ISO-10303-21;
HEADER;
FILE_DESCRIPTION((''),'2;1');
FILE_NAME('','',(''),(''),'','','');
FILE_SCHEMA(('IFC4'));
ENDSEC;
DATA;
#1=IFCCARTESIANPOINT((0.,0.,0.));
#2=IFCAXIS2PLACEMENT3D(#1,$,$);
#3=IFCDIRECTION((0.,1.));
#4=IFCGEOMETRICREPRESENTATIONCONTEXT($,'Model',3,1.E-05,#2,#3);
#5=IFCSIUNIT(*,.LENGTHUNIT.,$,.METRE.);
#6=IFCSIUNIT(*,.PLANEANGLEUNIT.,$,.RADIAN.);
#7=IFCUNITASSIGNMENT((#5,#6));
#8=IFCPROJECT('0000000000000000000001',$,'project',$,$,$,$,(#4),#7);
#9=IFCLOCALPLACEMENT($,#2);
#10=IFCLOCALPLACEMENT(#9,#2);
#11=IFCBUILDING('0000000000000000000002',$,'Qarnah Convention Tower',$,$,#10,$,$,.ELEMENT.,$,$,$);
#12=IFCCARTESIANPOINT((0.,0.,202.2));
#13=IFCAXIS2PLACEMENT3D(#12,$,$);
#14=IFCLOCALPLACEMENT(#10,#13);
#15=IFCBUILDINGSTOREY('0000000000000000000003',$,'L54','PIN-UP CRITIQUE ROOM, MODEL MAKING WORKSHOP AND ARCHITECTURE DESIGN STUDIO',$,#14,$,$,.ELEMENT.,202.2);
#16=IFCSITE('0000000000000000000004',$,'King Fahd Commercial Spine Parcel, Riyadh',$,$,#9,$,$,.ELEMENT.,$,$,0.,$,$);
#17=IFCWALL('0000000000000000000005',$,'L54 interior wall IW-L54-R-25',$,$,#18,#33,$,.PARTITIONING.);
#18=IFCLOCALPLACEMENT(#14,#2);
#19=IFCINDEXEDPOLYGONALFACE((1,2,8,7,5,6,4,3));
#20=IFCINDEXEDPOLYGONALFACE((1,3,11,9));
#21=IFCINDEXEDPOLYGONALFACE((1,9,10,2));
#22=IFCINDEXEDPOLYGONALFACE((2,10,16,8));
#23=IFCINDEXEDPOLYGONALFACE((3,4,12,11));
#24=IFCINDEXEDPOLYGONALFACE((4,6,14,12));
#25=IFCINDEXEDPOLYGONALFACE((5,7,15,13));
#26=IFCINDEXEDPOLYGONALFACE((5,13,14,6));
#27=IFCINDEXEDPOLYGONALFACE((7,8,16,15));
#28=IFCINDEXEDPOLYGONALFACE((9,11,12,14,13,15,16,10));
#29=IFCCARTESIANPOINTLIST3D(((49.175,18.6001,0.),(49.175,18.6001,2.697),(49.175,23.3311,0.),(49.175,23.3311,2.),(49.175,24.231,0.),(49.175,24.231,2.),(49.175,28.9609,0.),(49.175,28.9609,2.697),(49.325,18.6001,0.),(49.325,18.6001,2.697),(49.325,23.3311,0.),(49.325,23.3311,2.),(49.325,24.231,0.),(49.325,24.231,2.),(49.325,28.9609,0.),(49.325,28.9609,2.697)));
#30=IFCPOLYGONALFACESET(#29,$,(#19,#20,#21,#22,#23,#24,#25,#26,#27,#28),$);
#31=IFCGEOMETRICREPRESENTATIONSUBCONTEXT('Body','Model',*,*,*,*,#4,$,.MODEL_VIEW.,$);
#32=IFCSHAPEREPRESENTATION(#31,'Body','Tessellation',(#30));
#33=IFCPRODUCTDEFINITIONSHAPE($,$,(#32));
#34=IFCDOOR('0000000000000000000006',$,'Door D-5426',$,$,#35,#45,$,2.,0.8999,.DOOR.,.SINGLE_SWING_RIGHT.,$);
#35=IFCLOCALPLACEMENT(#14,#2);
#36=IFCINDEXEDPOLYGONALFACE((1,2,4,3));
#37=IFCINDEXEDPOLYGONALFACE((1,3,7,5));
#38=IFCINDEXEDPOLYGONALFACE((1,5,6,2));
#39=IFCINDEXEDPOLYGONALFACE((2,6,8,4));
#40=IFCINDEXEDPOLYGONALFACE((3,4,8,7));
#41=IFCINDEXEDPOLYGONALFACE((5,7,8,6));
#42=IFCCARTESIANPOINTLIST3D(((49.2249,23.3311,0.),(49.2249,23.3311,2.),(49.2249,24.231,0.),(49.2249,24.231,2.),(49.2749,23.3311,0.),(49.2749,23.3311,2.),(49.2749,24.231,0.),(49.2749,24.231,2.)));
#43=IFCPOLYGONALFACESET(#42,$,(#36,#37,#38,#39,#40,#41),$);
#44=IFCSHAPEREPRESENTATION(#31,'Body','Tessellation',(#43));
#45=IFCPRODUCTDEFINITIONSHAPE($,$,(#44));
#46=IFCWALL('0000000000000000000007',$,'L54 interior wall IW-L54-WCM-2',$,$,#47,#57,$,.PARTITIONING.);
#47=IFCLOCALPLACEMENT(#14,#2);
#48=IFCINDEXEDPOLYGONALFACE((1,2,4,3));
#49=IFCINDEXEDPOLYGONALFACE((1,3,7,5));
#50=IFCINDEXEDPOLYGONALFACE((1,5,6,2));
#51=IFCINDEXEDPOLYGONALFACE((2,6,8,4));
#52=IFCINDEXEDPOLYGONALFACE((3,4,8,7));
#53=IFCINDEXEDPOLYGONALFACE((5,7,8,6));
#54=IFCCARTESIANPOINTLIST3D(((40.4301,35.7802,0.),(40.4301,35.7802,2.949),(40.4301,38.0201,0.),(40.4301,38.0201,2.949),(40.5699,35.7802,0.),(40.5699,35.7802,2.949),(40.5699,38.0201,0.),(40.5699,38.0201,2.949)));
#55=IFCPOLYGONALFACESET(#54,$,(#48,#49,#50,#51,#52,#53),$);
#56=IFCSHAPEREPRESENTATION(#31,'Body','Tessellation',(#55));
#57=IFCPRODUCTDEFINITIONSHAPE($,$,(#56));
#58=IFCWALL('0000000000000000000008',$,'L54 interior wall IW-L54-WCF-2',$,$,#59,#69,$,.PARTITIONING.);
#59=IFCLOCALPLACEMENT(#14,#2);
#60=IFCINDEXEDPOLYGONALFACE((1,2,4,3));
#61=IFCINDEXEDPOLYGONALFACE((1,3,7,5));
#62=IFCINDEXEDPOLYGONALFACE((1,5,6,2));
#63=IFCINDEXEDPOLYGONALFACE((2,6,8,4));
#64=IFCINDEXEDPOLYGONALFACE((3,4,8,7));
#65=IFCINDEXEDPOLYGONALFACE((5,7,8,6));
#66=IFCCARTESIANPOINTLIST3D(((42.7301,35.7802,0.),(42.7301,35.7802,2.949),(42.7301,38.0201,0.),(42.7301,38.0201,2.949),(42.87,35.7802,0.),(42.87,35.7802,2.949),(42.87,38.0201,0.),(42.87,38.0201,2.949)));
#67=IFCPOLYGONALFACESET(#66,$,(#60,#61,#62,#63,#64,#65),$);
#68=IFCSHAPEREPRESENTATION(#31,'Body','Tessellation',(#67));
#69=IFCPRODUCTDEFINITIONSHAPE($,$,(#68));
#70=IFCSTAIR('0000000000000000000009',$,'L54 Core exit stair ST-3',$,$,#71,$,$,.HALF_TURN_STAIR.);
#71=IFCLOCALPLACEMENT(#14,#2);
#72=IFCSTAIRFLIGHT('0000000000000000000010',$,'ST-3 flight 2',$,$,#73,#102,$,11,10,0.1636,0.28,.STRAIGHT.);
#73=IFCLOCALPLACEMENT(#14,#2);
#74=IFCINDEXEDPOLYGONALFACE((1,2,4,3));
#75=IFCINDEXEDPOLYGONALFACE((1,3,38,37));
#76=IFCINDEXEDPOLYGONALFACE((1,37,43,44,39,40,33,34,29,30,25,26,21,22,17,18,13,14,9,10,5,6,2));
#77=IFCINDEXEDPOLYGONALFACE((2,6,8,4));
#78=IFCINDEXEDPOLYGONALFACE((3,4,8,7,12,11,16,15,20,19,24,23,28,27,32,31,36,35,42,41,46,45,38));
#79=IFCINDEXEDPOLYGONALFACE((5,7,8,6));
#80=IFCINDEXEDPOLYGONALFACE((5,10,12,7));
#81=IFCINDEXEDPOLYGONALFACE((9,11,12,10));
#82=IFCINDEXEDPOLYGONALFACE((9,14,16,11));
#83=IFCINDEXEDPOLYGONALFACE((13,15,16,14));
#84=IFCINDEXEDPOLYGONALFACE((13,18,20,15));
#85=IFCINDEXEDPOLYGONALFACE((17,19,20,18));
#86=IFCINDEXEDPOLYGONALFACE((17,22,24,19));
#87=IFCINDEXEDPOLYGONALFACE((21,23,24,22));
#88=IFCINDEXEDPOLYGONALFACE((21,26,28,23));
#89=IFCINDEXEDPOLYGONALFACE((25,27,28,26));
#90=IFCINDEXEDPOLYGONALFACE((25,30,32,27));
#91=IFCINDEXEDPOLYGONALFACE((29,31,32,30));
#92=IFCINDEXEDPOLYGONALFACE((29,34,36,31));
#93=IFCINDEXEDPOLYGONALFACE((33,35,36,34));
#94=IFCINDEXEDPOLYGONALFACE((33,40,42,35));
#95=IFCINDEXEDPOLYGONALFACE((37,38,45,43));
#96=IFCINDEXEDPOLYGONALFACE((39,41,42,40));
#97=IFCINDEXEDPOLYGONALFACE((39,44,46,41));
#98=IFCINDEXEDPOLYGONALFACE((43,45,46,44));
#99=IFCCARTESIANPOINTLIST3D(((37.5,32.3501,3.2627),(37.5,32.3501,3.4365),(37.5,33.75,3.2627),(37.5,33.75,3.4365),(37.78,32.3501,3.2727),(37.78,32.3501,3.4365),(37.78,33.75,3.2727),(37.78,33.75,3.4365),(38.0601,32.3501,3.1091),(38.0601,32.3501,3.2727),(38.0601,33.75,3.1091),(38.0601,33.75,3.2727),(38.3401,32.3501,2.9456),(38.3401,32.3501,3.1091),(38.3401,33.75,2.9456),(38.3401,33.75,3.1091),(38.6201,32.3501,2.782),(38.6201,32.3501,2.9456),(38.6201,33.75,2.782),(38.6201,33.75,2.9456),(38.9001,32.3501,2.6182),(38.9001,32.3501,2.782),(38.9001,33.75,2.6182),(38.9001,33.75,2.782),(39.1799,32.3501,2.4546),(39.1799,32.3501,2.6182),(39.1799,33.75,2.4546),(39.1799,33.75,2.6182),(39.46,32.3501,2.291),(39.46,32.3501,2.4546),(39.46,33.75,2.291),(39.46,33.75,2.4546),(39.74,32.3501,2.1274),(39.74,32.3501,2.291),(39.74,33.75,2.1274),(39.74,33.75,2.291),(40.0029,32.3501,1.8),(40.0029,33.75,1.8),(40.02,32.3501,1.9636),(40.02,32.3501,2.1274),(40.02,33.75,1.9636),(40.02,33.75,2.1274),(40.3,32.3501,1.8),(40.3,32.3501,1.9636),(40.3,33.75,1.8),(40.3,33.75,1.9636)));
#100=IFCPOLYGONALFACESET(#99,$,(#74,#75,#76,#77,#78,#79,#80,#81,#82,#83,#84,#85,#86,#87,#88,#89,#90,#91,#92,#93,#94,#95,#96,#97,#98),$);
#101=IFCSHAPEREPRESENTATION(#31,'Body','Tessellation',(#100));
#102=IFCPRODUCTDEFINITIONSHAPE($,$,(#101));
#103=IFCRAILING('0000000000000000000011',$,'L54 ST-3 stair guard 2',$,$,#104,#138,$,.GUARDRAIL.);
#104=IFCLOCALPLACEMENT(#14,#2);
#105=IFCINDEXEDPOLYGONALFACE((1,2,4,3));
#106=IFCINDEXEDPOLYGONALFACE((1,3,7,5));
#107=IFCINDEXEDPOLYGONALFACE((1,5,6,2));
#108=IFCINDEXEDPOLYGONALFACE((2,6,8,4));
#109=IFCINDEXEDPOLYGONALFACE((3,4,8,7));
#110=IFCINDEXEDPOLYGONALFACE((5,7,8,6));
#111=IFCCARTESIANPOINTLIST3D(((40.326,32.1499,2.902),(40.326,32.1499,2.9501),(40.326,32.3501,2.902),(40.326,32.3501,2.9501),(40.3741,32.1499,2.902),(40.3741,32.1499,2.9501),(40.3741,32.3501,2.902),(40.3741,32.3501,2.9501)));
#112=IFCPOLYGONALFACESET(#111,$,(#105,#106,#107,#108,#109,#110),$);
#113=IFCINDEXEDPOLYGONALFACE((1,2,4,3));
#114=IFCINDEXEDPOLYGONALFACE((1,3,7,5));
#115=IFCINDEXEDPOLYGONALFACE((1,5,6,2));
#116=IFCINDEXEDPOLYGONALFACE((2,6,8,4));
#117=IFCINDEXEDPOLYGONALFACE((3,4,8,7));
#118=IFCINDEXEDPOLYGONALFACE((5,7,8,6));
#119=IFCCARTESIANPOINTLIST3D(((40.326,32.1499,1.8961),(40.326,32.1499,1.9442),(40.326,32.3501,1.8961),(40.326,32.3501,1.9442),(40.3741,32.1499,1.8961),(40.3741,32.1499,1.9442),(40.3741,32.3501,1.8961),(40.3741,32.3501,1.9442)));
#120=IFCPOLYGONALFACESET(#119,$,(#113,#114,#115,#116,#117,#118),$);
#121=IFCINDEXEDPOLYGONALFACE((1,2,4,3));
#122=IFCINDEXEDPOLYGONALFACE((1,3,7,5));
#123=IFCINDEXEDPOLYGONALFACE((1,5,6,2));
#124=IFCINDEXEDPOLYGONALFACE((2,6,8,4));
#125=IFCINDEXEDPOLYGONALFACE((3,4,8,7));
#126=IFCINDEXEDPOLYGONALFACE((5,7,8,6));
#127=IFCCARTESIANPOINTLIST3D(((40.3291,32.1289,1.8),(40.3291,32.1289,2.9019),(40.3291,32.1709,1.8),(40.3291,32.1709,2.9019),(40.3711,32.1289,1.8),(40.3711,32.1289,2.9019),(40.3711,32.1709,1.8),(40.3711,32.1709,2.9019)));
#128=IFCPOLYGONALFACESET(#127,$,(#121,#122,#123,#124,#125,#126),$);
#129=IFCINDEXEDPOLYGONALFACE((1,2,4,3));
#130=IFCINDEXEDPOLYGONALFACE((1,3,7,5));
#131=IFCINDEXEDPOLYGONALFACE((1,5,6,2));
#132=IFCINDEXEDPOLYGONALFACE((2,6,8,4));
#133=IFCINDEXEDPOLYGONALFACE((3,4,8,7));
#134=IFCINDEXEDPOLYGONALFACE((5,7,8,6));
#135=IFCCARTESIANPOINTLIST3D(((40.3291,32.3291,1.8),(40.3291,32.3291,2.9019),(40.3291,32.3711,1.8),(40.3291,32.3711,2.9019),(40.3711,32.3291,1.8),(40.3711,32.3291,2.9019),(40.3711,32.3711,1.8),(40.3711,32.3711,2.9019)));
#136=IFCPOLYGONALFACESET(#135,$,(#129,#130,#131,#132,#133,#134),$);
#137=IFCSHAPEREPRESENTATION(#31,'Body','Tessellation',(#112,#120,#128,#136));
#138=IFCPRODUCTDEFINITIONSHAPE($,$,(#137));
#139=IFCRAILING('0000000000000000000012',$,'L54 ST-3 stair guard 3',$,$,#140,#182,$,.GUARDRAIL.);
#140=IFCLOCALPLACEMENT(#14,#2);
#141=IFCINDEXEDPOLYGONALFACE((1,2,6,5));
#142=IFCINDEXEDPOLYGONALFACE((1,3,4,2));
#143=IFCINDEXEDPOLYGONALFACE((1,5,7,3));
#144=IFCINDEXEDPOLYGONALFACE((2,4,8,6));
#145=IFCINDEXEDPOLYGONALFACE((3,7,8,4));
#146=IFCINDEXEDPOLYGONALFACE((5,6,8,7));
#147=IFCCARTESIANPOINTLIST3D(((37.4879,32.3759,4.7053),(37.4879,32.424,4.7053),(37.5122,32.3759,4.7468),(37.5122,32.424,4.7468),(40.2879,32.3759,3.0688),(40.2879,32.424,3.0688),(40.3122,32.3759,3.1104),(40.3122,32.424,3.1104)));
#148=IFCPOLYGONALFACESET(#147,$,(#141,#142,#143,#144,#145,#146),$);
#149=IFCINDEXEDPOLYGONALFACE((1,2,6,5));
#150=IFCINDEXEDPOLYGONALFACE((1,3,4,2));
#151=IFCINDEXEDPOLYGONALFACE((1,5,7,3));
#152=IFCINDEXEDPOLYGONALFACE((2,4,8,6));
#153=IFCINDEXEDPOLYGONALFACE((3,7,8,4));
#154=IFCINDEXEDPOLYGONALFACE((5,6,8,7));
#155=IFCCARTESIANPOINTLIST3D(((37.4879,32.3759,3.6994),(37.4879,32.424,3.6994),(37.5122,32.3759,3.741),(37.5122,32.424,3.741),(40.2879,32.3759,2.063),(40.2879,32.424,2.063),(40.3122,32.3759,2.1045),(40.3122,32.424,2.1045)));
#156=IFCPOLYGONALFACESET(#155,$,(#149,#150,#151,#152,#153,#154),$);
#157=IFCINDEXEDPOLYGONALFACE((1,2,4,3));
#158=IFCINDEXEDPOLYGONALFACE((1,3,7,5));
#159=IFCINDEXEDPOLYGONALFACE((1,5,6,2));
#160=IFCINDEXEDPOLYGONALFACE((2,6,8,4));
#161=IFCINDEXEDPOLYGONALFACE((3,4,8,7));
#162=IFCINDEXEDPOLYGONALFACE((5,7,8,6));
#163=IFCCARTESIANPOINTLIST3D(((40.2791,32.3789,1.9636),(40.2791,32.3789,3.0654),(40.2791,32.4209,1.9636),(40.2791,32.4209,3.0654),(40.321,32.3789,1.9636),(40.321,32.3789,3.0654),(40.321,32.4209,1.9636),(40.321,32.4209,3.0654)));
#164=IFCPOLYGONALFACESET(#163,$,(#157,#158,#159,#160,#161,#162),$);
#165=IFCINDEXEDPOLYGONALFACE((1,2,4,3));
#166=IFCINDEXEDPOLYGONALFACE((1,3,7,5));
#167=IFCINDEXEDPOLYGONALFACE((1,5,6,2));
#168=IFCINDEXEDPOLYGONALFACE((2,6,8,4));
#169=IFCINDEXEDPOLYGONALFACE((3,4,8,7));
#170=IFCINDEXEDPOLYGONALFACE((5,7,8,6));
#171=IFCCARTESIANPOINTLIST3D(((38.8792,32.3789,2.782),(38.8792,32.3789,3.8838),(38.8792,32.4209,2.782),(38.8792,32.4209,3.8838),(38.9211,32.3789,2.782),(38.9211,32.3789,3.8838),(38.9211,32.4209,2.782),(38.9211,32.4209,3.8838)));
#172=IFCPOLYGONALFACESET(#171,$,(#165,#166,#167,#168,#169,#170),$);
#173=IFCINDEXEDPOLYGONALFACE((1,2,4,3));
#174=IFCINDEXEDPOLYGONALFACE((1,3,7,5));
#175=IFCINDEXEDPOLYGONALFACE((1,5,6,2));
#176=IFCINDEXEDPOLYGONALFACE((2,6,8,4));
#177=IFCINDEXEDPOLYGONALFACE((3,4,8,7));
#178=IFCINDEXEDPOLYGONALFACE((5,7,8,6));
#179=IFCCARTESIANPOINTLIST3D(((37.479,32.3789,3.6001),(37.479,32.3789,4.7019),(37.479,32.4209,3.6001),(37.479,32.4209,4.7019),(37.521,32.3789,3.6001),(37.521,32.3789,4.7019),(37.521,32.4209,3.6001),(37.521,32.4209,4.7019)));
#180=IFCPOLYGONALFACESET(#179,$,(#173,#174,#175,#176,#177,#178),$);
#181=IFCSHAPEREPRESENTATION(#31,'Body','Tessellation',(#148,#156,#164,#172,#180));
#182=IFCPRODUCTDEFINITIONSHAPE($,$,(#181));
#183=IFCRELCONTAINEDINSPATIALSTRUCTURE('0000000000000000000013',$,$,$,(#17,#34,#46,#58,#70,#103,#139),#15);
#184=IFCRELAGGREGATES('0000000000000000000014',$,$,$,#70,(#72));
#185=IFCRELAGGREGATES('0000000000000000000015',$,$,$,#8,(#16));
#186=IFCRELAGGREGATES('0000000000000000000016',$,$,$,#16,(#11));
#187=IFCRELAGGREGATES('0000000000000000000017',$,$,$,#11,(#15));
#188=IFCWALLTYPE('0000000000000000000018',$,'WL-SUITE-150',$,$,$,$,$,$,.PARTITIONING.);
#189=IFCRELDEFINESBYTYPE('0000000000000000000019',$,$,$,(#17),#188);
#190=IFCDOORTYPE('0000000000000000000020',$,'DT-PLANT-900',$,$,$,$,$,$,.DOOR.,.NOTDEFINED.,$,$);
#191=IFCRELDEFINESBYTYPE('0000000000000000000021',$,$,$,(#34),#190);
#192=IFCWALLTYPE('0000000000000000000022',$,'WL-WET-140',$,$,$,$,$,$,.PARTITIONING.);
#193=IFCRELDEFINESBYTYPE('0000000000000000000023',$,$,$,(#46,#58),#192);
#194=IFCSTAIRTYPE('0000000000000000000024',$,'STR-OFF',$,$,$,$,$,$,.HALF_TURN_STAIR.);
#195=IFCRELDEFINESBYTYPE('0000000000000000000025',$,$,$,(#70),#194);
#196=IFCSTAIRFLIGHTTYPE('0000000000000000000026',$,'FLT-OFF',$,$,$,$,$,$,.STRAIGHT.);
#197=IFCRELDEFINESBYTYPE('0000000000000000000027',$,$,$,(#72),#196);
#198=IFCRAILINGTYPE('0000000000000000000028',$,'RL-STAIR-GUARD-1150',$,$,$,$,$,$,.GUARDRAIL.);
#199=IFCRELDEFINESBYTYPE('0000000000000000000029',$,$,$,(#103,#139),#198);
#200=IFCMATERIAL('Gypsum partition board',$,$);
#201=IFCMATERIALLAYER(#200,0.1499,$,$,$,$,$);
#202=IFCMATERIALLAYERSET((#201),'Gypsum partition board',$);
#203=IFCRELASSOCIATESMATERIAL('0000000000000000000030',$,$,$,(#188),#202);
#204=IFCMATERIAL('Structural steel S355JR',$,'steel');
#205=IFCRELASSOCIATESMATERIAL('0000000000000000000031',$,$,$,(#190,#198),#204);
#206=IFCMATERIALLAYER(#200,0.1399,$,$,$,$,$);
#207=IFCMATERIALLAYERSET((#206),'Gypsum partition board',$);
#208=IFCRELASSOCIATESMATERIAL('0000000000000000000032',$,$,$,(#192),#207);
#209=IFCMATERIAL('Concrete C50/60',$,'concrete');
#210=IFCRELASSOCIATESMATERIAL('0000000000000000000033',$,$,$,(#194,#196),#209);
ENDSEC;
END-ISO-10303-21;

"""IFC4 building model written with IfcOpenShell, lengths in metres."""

from ifc_helpers import new_model, si_unit, direction, frame, frame_2d, origin, origin_2d, place, context, subcontext, project, spatial, polyline, rectangle, outline, extrude, material, layer, layer_set, type_object, element, fill, aggregate, save


model = new_model("IFC4")

# Units and contexts
model_context = context("Model", 3, precision=1e-05, world=origin(), true_north=direction((0.0, 1.0)))
body_context = subcontext(model_context, "Body", "Model", "MODEL_VIEW")
ifc_project = project(units=[si_unit("LENGTHUNIT", "METRE"), si_unit("PLANEANGLEUNIT", "RADIAN")], contexts=[model_context])

# Site, building, storey
site_placement = place(None, origin())
site = spatial("IfcSite", under=ifc_project, at=site_placement, Name="King Fahd Commercial Spine Parcel, Riyadh", CompositionType="ELEMENT", RefElevation=0.0)
building_placement = place(site_placement, origin())
building = spatial("IfcBuilding", under=site, at=building_placement, Name="Qarnah Convention Tower", CompositionType="ELEMENT")
storey_placement = place(building_placement, frame((0.0, 0.0, 202.2)))
storey = spatial("IfcBuildingStorey", under=building, at=storey_placement, Name="L54", Description="PIN-UP CRITIQUE ROOM, MODEL MAKING WORKSHOP AND ARCHITECTURE DESIGN STUDIO", CompositionType="ELEMENT", Elevation=202.2)

# Shared definitions
ifc_material_1 = material(Name="Concrete C50/60", Category="concrete")

# Shared definitions
ifc_material_2 = material(Name="Structural steel S355JR", Category="steel")

# Shared definitions
ifc_material_3 = material(Name="Gypsum partition board")
ifc_layer_1 = layer(ifc_material_3, 0.1499)
ifc_layer_set_1 = layer_set([ifc_layer_1], Name="Gypsum partition board")
wall_type_1 = type_object("IfcWallType", Name="WL-SUITE-150", PredefinedType="PARTITIONING", material=ifc_layer_set_1)

# Wall, opening, door
wall_1_placement = place(storey_placement, frame((49.25, 28.9609, 0.0), z_axis=(0.0, 0.0, 1.0), x_axis=(0.0, -1.0, 0.0)))
wall_1 = element("IfcWall", 1, at=wall_1_placement, inside=storey, type_object=wall_type_1, Name="L54 interior wall IW-L54-R-25", PredefinedType="PARTITIONING", context=body_context, shape_type="SweptSolid", body=[
    extrude(rectangle(XDim=10.3608, YDim=0.1499, at=frame_2d((5.1804, 0.0))), origin(), (0.0, 0.0, 1.0), 2.697),
])
opening_1_placement = place(wall_1_placement, frame((4.73, 0.0, 0.0)))
opening_1 = element("IfcOpeningElement", 2, at=opening_1_placement, cuts=wall_1, PredefinedType="OPENING", context=body_context, shape_type="SweptSolid", body=[
    extrude(rectangle(XDim=0.8999, YDim=2.0, at=frame_2d((0.45, 1.0))), frame((0.0, 0.085, 0.0), z_axis=(0.0, -1.0, 0.0), x_axis=(1.0, 0.0, 0.0)), (0.0, 0.0, 1.0), 0.1699),
])
door_type_1 = type_object("IfcDoorType", Name="DT-PLANT-900", OperationType="NOTDEFINED", PredefinedType="DOOR", material=ifc_material_2)
door_1_placement = place(opening_1_placement, origin())
door_1 = element("IfcDoor", 3, at=door_1_placement, inside=storey, type_object=door_type_1, Name="Door D-5426", OperationType="SINGLE_SWING_RIGHT", OverallHeight=2.0, OverallWidth=0.8999, PredefinedType="DOOR", context=body_context, shape_type="SweptSolid", body=[
    extrude(rectangle(XDim=0.8999, YDim=2.0, at=frame_2d((0.45, 1.0))), frame((0.0, 0.0249, 0.0), z_axis=(0.0, -1.0, 0.0), x_axis=(1.0, 0.0, 0.0)), (0.0, 0.0, 1.0), 0.05),
])
fill(opening_1, door_1)

# Walls
ifc_layer_2 = layer(ifc_material_3, 0.1399)
ifc_layer_set_2 = layer_set([ifc_layer_2], Name="Gypsum partition board")
wall_type_2 = type_object("IfcWallType", Name="WL-WET-140", PredefinedType="PARTITIONING", material=ifc_layer_set_2)
for number, where, z_axis, x_axis, name in (
    (4, (40.5, 35.78, 0.0), (0.0, 0.0, 1.0), (0.0, 1.0, 0.0), "L54 interior wall IW-L54-WCM-2"),
    (5, (42.8, 35.78, 0.0), (0.0, 0.0, 1.0), (0.0, 1.0, 0.0), "L54 interior wall IW-L54-WCF-2"),
):
    element("IfcWall", number, at=place(storey_placement, frame(where, z_axis=z_axis, x_axis=x_axis)), inside=storey, type_object=wall_type_2, Name=name, PredefinedType="PARTITIONING", context=body_context, shape_type="SweptSolid", body=[
        extrude(rectangle(XDim=2.24, YDim=0.1399, at=frame_2d((1.1201, 0.0))), origin(), (0.0, 0.0, 1.0), 2.949),
    ])

# Stair, stair flight
stair_type = type_object("IfcStairType", Name="STR-OFF", PredefinedType="HALF_TURN_STAIR", material=ifc_material_1)
stair_placement = place(storey_placement, origin())
stair = element("IfcStair", 6, at=stair_placement, inside=storey, type_object=stair_type, Name="L54 Core exit stair ST-3", PredefinedType="HALF_TURN_STAIR")
stair_flight_type = type_object("IfcStairFlightType", Name="FLT-OFF", PredefinedType="STRAIGHT", material=ifc_material_1)
stair_flight_placement = place(storey_placement, frame((40.3, 33.05, 1.8), z_axis=(0.0, 0.0, 1.0), x_axis=(-1.0, 0.0, 0.0)))
stair_flight = element("IfcStairFlight", 7, at=stair_flight_placement, type_object=stair_flight_type, Name="ST-3 flight 2", NumberOfRisers=11, NumberOfTreads=10, PredefinedType="STRAIGHT", RiserHeight=0.1636, TreadLength=0.28, context=body_context, shape_type="SweptSolid", body=[
    extrude(outline(polyline([(0.0, 0.0), (0.0, 0.1636), (0.28, 0.1636), (0.28, 0.3274), (0.5601, 0.3274), (0.5601, 0.491), (0.8401, 0.491), (0.8401, 0.6545), (1.1201, 0.6545), (1.1201, 0.8181), (1.3999, 0.8181), (1.3999, 0.9819), (1.6799, 0.9819), (1.6799, 1.1455), (1.96, 1.1455), (1.96, 1.3091), (2.24, 1.3091), (2.24, 1.4727), (2.52, 1.4727), (2.52, 1.6365), (2.8, 1.6365), (2.8, 1.8), (2.8, 1.4626), (0.2971, 0.0), (0.0, 0.0)])), frame((0.0, 0.7, 0.0), z_axis=(0.0, -1.0, 0.0), x_axis=(1.0, 0.0, 0.0)), (0.0, 0.0, 1.0), 1.3999),
])
aggregate(stair, [stair_flight])

# Railings
railing_type_1 = type_object("IfcRailingType", Name="RL-STAIR-GUARD-1150", PredefinedType="GUARDRAIL", material=ifc_material_2)
railing_1_placement = place(storey_placement, frame((40.3501, 32.1499, 1.8)))
element("IfcRailing", 8, at=railing_1_placement, inside=storey, type_object=railing_type_1, Name="L54 ST-3 stair guard 2", PredefinedType="GUARDRAIL", context=body_context, shape_type="SweptSolid", body=[
    extrude(rectangle(XDim=0.0481, YDim=0.0481, at=origin_2d()), frame((0.0, 0.0, 1.126), z_axis=(0.0, 1.0, 0.0), x_axis=(-1.0, 0.0, 0.0)), (0.0, 0.0, 1.0), 0.2002),
    extrude(rectangle(XDim=0.0481, YDim=0.0481, at=origin_2d()), frame((0.0, 0.0, 0.1201), z_axis=(0.0, 1.0, 0.0), x_axis=(-1.0, 0.0, 0.0)), (0.0, 0.0, 1.0), 0.2002),
    extrude(rectangle(XDim=0.042, YDim=0.042, at=origin_2d()), origin(), (0.0, 0.0, 1.0), 1.1018),
    extrude(rectangle(XDim=0.042, YDim=0.042, at=origin_2d()), frame((0.0, 0.2002, 0.0)), (0.0, 0.0, 1.0), 1.1018),
])
railing_2_placement = place(storey_placement, frame((40.3, 32.3999, 1.9636)))
element("IfcRailing", 9, at=railing_2_placement, inside=storey, type_object=railing_type_1, Name="L54 ST-3 stair guard 3", PredefinedType="GUARDRAIL", context=body_context, shape_type="SweptSolid", body=[
    extrude(rectangle(XDim=0.0481, YDim=0.0481, at=origin_2d()), frame((0.0, 0.0, 1.126), z_axis=(-0.863361, 0.0, 0.504587), x_axis=(0.0, -1.0, 0.0)), (0.0, 0.0, 1.0), 3.2432),
    extrude(rectangle(XDim=0.0481, YDim=0.0481, at=origin_2d()), frame((0.0, 0.0, 0.1201), z_axis=(-0.863361, 0.0, 0.504587), x_axis=(0.0, -1.0, 0.0)), (0.0, 0.0, 1.0), 3.2432),
    extrude(rectangle(XDim=0.042, YDim=0.042, at=origin_2d()), origin(), (0.0, 0.0, 1.0), 1.1018),
    extrude(rectangle(XDim=0.042, YDim=0.042, at=origin_2d()), frame((-1.3999, 0.0, 0.8184)), (0.0, 0.0, 1.0), 1.1018),
    extrude(rectangle(XDim=0.042, YDim=0.042, at=origin_2d()), frame((-2.8, 0.0, 1.6365)), (0.0, 0.0, 1.0), 1.1018),
])

save(model, "model.ifc")
